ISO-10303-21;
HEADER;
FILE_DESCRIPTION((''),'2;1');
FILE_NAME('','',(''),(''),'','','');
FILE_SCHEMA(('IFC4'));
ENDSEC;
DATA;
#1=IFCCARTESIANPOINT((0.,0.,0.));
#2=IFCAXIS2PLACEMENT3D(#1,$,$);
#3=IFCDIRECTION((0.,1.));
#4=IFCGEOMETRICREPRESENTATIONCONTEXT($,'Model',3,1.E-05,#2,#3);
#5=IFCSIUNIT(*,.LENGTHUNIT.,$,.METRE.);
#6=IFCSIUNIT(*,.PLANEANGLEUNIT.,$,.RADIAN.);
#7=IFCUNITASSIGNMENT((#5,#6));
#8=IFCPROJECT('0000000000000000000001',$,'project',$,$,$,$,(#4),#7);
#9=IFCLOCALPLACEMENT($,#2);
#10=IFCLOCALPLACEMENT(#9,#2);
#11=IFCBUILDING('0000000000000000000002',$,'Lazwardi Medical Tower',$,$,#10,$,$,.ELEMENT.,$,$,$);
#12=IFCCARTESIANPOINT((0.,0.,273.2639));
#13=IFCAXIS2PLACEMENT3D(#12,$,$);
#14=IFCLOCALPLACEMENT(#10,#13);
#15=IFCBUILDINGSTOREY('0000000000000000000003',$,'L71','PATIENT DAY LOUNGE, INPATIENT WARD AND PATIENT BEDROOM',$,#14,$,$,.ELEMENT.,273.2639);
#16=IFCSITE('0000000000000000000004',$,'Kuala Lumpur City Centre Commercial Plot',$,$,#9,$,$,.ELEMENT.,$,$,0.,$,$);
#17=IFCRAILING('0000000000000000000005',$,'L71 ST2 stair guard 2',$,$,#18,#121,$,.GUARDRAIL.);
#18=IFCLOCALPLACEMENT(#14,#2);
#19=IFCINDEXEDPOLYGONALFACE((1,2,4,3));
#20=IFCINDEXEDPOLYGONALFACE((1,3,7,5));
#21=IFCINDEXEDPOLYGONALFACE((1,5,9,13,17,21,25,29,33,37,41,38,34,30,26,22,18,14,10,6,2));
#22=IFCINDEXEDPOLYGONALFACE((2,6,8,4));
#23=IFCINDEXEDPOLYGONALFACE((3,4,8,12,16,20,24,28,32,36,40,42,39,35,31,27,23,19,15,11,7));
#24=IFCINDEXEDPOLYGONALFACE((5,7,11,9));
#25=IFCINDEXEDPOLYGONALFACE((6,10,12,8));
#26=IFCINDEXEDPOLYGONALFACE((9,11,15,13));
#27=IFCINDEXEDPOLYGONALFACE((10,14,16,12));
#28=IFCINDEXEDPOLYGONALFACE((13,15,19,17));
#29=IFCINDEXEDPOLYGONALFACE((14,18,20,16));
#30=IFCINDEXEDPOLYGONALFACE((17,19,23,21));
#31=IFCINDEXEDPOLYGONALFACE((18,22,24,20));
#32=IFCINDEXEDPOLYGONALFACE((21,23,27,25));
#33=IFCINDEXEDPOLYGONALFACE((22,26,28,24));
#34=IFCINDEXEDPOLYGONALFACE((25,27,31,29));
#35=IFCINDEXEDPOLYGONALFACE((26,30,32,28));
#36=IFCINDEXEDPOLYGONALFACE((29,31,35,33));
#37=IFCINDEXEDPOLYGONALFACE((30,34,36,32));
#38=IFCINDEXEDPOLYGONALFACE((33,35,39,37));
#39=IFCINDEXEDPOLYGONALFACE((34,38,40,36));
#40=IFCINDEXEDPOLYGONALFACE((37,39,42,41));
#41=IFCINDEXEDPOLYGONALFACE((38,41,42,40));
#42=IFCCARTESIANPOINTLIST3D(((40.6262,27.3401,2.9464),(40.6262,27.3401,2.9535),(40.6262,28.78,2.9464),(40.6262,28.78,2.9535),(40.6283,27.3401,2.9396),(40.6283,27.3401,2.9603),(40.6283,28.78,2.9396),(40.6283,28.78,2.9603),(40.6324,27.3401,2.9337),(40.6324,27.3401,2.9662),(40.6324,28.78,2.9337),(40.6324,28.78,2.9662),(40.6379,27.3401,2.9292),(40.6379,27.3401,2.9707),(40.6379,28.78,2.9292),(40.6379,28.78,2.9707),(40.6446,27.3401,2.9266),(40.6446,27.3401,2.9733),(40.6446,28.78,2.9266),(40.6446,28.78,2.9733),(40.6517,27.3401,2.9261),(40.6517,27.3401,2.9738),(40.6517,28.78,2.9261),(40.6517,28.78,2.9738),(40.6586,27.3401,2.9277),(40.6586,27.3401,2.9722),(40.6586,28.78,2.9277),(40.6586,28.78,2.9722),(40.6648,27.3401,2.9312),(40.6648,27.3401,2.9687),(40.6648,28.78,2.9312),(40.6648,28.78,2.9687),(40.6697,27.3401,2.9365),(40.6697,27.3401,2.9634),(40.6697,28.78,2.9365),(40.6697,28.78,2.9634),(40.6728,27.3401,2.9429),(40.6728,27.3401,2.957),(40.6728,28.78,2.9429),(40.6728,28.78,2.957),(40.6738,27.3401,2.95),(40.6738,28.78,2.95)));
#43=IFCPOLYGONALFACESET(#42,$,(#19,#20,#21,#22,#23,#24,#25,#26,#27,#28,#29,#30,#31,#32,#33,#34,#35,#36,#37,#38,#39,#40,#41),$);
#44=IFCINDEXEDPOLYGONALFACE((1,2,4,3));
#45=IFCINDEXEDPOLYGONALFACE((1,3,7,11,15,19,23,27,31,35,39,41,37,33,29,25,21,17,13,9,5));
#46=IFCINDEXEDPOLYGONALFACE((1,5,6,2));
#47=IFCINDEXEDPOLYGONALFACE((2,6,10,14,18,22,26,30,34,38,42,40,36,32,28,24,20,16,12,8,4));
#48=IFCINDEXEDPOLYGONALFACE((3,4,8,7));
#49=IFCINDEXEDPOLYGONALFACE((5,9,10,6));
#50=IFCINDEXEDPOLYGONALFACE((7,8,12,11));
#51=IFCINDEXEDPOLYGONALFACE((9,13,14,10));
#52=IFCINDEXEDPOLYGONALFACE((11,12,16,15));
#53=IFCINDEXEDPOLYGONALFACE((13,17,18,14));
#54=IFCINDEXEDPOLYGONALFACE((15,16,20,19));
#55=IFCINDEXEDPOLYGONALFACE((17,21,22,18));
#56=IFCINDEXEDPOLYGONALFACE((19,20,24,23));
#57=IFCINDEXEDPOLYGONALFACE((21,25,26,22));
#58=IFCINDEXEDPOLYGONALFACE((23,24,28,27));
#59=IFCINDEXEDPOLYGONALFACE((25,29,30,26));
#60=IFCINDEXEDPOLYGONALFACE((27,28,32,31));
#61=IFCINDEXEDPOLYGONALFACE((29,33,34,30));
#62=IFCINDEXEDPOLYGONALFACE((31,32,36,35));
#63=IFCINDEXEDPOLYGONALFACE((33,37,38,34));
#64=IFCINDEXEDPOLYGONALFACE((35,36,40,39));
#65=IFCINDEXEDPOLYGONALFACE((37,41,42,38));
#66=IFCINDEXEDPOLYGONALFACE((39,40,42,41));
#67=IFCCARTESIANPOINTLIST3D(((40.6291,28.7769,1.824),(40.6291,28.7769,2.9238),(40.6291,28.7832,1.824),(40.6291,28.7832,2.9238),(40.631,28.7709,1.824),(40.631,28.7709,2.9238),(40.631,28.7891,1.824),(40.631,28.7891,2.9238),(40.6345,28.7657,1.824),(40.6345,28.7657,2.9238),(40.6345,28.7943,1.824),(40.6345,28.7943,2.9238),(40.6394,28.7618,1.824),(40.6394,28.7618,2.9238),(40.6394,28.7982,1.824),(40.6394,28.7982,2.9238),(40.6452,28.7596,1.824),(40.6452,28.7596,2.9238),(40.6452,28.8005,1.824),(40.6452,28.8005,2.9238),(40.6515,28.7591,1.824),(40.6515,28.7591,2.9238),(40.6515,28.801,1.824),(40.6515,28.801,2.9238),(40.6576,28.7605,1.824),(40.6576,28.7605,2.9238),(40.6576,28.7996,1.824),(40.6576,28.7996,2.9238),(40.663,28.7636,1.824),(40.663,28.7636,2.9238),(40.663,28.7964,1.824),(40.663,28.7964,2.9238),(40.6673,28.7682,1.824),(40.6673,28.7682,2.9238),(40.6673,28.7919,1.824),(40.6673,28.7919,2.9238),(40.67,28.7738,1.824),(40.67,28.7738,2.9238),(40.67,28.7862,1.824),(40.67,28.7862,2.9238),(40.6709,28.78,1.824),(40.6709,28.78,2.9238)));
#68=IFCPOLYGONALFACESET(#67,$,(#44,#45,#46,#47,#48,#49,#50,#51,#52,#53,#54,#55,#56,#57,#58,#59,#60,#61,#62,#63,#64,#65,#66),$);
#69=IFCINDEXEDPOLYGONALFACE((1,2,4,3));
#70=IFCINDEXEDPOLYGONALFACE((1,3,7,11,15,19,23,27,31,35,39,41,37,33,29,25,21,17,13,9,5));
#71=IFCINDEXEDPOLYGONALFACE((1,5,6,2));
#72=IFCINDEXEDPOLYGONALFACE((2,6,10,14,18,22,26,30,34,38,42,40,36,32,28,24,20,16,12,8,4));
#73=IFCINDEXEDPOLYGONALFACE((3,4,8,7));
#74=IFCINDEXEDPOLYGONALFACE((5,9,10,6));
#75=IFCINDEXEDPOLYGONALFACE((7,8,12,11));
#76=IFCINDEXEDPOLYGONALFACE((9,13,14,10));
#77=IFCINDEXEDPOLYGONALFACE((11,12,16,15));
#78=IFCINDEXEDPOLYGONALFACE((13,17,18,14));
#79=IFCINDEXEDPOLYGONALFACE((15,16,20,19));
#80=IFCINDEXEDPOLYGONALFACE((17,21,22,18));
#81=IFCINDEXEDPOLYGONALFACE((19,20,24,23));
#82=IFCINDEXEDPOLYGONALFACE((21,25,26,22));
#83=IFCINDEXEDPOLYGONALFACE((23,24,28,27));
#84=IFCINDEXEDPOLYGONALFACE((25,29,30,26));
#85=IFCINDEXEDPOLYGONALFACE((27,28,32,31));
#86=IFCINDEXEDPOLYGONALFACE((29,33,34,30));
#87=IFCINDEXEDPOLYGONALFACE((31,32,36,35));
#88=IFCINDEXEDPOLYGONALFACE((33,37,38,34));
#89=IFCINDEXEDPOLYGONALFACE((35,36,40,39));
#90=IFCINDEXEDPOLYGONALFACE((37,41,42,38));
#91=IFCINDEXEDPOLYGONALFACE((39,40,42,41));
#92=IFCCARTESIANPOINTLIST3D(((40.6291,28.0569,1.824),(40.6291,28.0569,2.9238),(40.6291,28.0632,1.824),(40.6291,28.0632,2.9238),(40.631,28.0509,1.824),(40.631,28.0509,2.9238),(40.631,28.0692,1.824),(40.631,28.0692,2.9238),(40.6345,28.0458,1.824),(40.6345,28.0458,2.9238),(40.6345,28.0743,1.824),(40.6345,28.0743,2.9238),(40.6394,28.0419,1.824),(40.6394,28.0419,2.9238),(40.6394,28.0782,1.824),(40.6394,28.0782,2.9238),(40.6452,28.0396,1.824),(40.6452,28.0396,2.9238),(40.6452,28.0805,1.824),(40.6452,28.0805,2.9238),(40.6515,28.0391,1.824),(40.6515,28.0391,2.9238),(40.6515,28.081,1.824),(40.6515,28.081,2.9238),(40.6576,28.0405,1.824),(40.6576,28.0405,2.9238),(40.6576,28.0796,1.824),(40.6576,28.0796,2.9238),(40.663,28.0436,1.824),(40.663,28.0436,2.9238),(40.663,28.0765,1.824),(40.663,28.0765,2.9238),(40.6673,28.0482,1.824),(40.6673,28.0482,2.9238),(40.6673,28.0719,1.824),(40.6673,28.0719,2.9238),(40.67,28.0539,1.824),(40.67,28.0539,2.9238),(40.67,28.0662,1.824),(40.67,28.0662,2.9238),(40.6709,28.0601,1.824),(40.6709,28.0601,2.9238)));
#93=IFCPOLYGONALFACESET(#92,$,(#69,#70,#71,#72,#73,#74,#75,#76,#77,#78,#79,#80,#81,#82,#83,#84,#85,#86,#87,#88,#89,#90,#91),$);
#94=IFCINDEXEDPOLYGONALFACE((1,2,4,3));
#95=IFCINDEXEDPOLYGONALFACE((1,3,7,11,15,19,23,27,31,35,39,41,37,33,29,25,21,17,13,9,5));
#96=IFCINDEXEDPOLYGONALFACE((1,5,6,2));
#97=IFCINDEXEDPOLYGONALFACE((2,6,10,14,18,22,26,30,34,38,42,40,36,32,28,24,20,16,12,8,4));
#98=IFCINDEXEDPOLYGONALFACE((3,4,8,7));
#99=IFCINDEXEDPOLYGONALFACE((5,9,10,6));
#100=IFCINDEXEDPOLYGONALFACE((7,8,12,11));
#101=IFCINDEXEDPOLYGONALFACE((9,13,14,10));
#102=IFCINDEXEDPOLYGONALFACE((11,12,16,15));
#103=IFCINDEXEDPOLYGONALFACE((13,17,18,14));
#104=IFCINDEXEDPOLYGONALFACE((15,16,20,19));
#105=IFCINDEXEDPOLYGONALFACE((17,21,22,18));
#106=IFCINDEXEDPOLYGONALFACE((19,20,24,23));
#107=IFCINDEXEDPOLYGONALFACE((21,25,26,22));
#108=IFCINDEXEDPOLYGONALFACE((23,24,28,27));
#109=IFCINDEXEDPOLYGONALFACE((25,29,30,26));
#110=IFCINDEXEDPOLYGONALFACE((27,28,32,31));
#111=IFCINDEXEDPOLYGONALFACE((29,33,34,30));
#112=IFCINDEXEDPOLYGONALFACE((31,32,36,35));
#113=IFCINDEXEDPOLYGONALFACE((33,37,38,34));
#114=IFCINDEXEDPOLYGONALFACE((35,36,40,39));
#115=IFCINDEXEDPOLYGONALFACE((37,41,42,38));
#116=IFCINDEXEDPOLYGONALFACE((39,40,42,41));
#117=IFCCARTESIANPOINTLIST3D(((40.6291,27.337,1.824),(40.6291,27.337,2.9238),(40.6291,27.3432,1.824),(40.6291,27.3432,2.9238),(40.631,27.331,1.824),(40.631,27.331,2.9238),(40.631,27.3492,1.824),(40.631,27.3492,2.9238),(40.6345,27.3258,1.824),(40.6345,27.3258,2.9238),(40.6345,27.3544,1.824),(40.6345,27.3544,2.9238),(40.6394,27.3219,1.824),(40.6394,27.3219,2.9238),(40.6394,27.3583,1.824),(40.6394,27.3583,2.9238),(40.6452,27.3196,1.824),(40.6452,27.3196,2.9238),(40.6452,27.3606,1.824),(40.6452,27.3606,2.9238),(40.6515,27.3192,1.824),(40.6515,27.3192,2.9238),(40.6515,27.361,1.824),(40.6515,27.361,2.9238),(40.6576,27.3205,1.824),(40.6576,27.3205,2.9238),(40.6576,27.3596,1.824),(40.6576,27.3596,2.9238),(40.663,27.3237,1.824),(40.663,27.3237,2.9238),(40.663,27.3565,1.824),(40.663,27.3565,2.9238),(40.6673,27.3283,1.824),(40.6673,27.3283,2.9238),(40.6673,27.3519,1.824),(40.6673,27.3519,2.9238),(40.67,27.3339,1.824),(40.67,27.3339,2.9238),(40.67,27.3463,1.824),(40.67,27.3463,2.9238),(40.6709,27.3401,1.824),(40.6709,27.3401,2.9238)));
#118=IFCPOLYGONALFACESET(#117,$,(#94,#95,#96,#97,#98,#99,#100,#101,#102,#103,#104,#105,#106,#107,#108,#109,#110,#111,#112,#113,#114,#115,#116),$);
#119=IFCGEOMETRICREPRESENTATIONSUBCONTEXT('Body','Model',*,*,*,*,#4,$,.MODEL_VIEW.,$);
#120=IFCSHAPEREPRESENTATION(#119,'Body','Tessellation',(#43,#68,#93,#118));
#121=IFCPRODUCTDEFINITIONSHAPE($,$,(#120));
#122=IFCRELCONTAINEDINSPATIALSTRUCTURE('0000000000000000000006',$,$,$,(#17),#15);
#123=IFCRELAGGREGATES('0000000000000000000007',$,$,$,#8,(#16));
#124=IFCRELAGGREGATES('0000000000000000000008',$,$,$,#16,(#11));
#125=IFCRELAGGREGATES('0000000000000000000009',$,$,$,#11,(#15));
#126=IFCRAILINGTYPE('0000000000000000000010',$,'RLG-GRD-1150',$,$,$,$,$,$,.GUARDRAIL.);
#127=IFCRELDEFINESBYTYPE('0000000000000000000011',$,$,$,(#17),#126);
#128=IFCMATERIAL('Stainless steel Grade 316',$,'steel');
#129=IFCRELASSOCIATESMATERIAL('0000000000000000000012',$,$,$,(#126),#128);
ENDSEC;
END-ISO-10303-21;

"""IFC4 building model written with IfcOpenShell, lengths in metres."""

from ifc_helpers import new_model, si_unit, direction, frame, origin, origin_2d, place, context, subcontext, project, spatial, circle, extrude, material, type_object, element, save


model = new_model("IFC4")

# Units and contexts
model_context = context("Model", 3, precision=1e-05, world=origin(), true_north=direction((0.0, 1.0)))
body_context = subcontext(model_context, "Body", "Model", "MODEL_VIEW")
ifc_project = project(units=[si_unit("LENGTHUNIT", "METRE"), si_unit("PLANEANGLEUNIT", "RADIAN")], contexts=[model_context])

# Site, building, storey
site_placement = place(None, origin())
site = spatial("IfcSite", under=ifc_project, at=site_placement, Name="Kuala Lumpur City Centre Commercial Plot", CompositionType="ELEMENT", RefElevation=0.0)
building_placement = place(site_placement, origin())
building = spatial("IfcBuilding", under=site, at=building_placement, Name="Lazwardi Medical Tower", CompositionType="ELEMENT")
storey_placement = place(building_placement, frame((0.0, 0.0, 273.2639)))
storey = spatial("IfcBuildingStorey", under=building, at=storey_placement, Name="L71", Description="PATIENT DAY LOUNGE, INPATIENT WARD AND PATIENT BEDROOM", CompositionType="ELEMENT", Elevation=273.2639)

# Railing
ifc_material_1 = material(Name="Stainless steel Grade 316", Category="steel")
railing_type_1 = type_object("IfcRailingType", Name="RLG-GRD-1150", PredefinedType="GUARDRAIL", material=ifc_material_1)
railing_1_placement = place(storey_placement, frame((40.6499, 28.78, 1.824)))
element("IfcRailing", 1, at=railing_1_placement, inside=storey, type_object=railing_type_1, Name="L71 ST2 stair guard 2", PredefinedType="GUARDRAIL", context=body_context, shape_type="SweptSolid", body=[
    extrude(circle(Radius=0.0239, at=origin_2d()), frame((0.0, 0.0, 1.126), z_axis=(0.0, -1.0, 0.0), x_axis=(1.0, 0.0, 0.0)), (0.0, 0.0, 1.0), 1.4399),
    extrude(circle(Radius=0.021, at=origin_2d()), origin(), (0.0, 0.0, 1.0), 1.0999),
    extrude(circle(Radius=0.021, at=origin_2d()), frame((0.0, -0.72, 0.0)), (0.0, 0.0, 1.0), 1.0999),
    extrude(circle(Radius=0.021, at=origin_2d()), frame((0.0, -1.4399, 0.0)), (0.0, 0.0, 1.0), 1.0999),
])

save(model, "model.ifc")
